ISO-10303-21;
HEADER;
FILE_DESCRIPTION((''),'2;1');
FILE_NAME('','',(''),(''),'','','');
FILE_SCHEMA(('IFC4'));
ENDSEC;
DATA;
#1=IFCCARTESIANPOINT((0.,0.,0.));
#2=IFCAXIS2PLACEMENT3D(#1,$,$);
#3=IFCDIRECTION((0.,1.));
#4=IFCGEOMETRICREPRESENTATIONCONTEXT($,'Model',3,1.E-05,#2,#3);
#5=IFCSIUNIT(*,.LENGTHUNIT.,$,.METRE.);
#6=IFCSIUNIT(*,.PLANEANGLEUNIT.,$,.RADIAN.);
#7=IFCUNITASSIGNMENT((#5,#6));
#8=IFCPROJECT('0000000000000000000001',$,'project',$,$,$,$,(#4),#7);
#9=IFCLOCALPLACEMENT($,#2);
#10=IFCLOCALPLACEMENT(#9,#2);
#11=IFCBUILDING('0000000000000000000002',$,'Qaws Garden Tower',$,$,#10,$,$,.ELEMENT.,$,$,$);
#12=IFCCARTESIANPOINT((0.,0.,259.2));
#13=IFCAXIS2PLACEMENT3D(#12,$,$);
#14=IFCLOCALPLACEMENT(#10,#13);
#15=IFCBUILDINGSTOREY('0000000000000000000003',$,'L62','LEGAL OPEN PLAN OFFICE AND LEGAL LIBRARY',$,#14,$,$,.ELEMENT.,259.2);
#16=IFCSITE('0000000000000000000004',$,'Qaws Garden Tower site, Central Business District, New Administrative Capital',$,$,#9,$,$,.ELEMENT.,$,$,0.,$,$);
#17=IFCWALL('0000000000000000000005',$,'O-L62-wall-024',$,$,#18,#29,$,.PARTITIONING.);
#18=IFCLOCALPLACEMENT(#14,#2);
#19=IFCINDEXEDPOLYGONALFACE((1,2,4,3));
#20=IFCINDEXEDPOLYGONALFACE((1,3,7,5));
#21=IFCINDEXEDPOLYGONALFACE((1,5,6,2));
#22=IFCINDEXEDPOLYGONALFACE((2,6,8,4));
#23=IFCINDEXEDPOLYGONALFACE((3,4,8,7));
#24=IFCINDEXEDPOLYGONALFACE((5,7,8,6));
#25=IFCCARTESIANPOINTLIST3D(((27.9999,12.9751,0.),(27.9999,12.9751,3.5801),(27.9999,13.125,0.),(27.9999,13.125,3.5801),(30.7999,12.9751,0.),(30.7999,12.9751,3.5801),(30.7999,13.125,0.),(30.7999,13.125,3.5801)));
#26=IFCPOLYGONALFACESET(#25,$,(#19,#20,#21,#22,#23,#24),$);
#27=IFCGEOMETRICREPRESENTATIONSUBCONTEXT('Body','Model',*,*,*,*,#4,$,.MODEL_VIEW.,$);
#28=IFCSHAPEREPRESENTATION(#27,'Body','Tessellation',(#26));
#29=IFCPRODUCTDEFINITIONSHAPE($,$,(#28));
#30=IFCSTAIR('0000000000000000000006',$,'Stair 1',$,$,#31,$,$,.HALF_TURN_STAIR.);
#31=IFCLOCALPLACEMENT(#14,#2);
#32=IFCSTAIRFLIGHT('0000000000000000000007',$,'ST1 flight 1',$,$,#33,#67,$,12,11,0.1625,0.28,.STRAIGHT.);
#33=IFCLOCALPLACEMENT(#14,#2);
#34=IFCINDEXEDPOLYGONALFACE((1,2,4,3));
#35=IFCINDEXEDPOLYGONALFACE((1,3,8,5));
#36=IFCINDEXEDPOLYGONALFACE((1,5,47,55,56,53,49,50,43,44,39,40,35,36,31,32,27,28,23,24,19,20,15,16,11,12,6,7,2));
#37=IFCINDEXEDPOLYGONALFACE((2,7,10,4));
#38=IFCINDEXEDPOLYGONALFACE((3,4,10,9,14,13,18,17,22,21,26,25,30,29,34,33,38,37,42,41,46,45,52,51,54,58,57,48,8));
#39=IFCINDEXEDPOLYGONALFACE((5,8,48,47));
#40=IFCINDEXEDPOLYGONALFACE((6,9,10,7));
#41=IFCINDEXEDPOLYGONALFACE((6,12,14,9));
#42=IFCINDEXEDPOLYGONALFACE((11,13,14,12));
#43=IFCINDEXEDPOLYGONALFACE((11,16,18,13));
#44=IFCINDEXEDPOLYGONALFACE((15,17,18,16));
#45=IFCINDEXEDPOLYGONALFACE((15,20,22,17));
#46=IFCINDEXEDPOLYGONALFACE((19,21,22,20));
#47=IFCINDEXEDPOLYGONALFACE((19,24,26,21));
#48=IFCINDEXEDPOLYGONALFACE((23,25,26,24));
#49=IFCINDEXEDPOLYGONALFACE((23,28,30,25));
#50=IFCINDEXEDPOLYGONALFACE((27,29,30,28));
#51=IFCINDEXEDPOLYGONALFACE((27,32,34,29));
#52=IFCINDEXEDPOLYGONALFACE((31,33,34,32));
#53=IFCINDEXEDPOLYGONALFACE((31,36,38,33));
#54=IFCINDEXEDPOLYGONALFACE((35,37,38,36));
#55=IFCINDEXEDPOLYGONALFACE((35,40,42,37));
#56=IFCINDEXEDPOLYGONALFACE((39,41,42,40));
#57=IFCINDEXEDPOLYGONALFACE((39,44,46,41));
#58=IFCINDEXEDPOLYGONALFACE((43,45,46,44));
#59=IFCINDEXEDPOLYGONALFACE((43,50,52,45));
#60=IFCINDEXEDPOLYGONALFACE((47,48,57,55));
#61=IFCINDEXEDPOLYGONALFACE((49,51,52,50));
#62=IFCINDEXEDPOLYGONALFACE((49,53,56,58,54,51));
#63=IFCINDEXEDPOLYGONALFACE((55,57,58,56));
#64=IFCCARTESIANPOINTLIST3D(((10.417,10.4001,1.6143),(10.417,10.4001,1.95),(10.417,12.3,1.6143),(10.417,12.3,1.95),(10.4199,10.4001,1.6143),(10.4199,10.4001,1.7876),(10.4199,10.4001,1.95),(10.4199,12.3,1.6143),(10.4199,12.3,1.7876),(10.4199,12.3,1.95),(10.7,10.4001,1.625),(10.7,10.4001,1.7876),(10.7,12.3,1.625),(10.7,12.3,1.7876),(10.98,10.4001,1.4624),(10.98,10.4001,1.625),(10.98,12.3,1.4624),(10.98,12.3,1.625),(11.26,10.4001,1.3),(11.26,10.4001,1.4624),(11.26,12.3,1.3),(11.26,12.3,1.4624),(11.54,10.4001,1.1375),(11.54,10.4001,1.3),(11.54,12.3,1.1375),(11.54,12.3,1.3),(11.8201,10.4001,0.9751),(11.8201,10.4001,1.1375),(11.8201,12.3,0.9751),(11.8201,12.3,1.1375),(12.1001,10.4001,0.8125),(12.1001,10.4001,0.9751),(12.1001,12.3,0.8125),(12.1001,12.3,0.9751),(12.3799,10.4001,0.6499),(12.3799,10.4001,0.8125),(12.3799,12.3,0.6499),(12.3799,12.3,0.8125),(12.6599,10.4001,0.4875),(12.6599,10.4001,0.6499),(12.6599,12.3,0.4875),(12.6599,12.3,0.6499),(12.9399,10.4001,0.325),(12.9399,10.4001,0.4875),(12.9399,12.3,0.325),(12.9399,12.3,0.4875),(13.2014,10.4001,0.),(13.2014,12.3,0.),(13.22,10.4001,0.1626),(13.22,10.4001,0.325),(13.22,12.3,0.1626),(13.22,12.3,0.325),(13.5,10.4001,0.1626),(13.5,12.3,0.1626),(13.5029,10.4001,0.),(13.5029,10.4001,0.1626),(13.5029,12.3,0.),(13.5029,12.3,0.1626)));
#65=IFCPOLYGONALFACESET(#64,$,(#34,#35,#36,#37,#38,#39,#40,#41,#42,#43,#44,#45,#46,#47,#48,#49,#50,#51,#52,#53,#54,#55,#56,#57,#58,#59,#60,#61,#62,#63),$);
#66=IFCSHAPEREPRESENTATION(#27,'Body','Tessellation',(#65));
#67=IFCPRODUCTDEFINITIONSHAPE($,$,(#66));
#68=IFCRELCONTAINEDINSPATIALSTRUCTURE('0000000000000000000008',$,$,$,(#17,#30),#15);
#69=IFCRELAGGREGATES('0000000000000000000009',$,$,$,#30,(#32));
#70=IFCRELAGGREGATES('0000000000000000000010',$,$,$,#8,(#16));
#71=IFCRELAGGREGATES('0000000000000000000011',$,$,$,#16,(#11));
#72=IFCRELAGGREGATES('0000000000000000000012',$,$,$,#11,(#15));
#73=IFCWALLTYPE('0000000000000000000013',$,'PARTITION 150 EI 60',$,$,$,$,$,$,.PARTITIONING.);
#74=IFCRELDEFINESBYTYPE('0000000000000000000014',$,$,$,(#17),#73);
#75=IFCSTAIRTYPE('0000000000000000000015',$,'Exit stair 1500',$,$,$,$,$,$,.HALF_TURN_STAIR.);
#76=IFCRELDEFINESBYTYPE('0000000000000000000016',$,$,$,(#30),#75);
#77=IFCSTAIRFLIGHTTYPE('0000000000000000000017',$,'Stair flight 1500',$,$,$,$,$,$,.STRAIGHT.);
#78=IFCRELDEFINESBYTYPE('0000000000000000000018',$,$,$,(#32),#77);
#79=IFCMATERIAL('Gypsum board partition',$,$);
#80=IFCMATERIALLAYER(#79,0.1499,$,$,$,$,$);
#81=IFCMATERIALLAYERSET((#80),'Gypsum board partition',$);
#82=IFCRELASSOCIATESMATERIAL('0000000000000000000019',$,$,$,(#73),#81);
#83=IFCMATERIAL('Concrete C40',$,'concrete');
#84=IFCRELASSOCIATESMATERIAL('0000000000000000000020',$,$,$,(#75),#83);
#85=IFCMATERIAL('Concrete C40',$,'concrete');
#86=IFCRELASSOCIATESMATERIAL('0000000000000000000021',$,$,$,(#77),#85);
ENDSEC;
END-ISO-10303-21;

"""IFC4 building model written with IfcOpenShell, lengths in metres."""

from ifc_helpers import new_model, si_unit, direction, frame, frame_2d, origin, place, context, subcontext, project, spatial, polyline, rectangle, outline, extrude, material, layer, layer_set, type_object, element, aggregate, save


model = new_model("IFC4")

# Units and contexts
model_context = context("Model", 3, precision=1e-05, world=origin(), true_north=direction((0.0, 1.0)))
body_context = subcontext(model_context, "Body", "Model", "MODEL_VIEW")
ifc_project = project(units=[si_unit("LENGTHUNIT", "METRE"), si_unit("PLANEANGLEUNIT", "RADIAN")], contexts=[model_context])

# Site, building, storey
site_placement = place(None, origin())
site = spatial("IfcSite", under=ifc_project, at=site_placement, Name="Qaws Garden Tower site, Central Business District, New Administrative Capital", CompositionType="ELEMENT", RefElevation=0.0)
building_placement = place(site_placement, origin())
building = spatial("IfcBuilding", under=site, at=building_placement, Name="Qaws Garden Tower", CompositionType="ELEMENT")
storey_placement = place(building_placement, frame((0.0, 0.0, 259.2)))
storey = spatial("IfcBuildingStorey", under=building, at=storey_placement, Name="L62", Description="LEGAL OPEN PLAN OFFICE AND LEGAL LIBRARY", CompositionType="ELEMENT", Elevation=259.2)

# Wall
ifc_material_1 = material(Name="Gypsum board partition")
ifc_layer_1 = layer(ifc_material_1, 0.1499)
ifc_layer_set_1 = layer_set([ifc_layer_1], Name="Gypsum board partition")
wall_type_1 = type_object("IfcWallType", Name="PARTITION 150 EI 60", PredefinedType="PARTITIONING", material=ifc_layer_set_1)
wall_1_placement = place(storey_placement, frame((28.0, 13.05, 0.0), z_axis=(0.0, 0.0, 1.0), x_axis=(1.0, 0.0, 0.0)))
element("IfcWall", 1, at=wall_1_placement, inside=storey, type_object=wall_type_1, Name="O-L62-wall-024", PredefinedType="PARTITIONING", context=body_context, shape_type="SweptSolid", body=[
    extrude(rectangle(XDim=2.8, YDim=0.1499, at=frame_2d((1.3999, 0.0))), origin(), (0.0, 0.0, 1.0), 3.5801),
])

# Stair, stair flight
ifc_material_2 = material(Name="Concrete C40", Category="concrete")
stair_type = type_object("IfcStairType", Name="Exit stair 1500", PredefinedType="HALF_TURN_STAIR", material=ifc_material_2)
stair_placement = place(storey_placement, origin())
stair = element("IfcStair", 2, at=stair_placement, inside=storey, type_object=stair_type, Name="Stair 1", PredefinedType="HALF_TURN_STAIR")
ifc_material_3 = material(Name="Concrete C40", Category="concrete")
stair_flight_type = type_object("IfcStairFlightType", Name="Stair flight 1500", PredefinedType="STRAIGHT", material=ifc_material_3)
stair_flight_placement = place(storey_placement, frame((13.5, 11.3501, 0.0), z_axis=(0.0, 0.0, 1.0), x_axis=(-1.0, 0.0, 0.0)))
stair_flight = element("IfcStairFlight", 3, at=stair_flight_placement, type_object=stair_flight_type, Name="ST1 flight 1", NumberOfRisers=12, NumberOfTreads=11, PredefinedType="STRAIGHT", RiserHeight=0.1625, TreadLength=0.28, context=body_context, shape_type="SweptSolid", body=[
    extrude(outline(polyline([(-0.0029, 0.0), (-0.0029, 0.1626), (0.0, 0.1626), (0.28, 0.1626), (0.28, 0.325), (0.5601, 0.325), (0.5601, 0.4875), (0.8401, 0.4875), (0.8401, 0.6499), (1.1201, 0.6499), (1.1201, 0.8125), (1.3999, 0.8125), (1.3999, 0.9751), (1.6799, 0.9751), (1.6799, 1.1375), (1.96, 1.1375), (1.96, 1.3), (2.24, 1.3), (2.24, 1.4624), (2.52, 1.4624), (2.52, 1.625), (2.8, 1.625), (2.8, 1.7876), (3.0801, 1.7876), (3.0801, 1.95), (3.083, 1.95), (3.083, 1.6143), (3.0801, 1.6143), (0.2986, 0.0), (-0.0029, 0.0)])), frame((0.0, 0.95, 0.0), z_axis=(0.0, -1.0, 0.0), x_axis=(1.0, 0.0, 0.0)), (0.0, 0.0, 1.0), 1.8999),
])
aggregate(stair, [stair_flight])

save(model, "model.ifc")
